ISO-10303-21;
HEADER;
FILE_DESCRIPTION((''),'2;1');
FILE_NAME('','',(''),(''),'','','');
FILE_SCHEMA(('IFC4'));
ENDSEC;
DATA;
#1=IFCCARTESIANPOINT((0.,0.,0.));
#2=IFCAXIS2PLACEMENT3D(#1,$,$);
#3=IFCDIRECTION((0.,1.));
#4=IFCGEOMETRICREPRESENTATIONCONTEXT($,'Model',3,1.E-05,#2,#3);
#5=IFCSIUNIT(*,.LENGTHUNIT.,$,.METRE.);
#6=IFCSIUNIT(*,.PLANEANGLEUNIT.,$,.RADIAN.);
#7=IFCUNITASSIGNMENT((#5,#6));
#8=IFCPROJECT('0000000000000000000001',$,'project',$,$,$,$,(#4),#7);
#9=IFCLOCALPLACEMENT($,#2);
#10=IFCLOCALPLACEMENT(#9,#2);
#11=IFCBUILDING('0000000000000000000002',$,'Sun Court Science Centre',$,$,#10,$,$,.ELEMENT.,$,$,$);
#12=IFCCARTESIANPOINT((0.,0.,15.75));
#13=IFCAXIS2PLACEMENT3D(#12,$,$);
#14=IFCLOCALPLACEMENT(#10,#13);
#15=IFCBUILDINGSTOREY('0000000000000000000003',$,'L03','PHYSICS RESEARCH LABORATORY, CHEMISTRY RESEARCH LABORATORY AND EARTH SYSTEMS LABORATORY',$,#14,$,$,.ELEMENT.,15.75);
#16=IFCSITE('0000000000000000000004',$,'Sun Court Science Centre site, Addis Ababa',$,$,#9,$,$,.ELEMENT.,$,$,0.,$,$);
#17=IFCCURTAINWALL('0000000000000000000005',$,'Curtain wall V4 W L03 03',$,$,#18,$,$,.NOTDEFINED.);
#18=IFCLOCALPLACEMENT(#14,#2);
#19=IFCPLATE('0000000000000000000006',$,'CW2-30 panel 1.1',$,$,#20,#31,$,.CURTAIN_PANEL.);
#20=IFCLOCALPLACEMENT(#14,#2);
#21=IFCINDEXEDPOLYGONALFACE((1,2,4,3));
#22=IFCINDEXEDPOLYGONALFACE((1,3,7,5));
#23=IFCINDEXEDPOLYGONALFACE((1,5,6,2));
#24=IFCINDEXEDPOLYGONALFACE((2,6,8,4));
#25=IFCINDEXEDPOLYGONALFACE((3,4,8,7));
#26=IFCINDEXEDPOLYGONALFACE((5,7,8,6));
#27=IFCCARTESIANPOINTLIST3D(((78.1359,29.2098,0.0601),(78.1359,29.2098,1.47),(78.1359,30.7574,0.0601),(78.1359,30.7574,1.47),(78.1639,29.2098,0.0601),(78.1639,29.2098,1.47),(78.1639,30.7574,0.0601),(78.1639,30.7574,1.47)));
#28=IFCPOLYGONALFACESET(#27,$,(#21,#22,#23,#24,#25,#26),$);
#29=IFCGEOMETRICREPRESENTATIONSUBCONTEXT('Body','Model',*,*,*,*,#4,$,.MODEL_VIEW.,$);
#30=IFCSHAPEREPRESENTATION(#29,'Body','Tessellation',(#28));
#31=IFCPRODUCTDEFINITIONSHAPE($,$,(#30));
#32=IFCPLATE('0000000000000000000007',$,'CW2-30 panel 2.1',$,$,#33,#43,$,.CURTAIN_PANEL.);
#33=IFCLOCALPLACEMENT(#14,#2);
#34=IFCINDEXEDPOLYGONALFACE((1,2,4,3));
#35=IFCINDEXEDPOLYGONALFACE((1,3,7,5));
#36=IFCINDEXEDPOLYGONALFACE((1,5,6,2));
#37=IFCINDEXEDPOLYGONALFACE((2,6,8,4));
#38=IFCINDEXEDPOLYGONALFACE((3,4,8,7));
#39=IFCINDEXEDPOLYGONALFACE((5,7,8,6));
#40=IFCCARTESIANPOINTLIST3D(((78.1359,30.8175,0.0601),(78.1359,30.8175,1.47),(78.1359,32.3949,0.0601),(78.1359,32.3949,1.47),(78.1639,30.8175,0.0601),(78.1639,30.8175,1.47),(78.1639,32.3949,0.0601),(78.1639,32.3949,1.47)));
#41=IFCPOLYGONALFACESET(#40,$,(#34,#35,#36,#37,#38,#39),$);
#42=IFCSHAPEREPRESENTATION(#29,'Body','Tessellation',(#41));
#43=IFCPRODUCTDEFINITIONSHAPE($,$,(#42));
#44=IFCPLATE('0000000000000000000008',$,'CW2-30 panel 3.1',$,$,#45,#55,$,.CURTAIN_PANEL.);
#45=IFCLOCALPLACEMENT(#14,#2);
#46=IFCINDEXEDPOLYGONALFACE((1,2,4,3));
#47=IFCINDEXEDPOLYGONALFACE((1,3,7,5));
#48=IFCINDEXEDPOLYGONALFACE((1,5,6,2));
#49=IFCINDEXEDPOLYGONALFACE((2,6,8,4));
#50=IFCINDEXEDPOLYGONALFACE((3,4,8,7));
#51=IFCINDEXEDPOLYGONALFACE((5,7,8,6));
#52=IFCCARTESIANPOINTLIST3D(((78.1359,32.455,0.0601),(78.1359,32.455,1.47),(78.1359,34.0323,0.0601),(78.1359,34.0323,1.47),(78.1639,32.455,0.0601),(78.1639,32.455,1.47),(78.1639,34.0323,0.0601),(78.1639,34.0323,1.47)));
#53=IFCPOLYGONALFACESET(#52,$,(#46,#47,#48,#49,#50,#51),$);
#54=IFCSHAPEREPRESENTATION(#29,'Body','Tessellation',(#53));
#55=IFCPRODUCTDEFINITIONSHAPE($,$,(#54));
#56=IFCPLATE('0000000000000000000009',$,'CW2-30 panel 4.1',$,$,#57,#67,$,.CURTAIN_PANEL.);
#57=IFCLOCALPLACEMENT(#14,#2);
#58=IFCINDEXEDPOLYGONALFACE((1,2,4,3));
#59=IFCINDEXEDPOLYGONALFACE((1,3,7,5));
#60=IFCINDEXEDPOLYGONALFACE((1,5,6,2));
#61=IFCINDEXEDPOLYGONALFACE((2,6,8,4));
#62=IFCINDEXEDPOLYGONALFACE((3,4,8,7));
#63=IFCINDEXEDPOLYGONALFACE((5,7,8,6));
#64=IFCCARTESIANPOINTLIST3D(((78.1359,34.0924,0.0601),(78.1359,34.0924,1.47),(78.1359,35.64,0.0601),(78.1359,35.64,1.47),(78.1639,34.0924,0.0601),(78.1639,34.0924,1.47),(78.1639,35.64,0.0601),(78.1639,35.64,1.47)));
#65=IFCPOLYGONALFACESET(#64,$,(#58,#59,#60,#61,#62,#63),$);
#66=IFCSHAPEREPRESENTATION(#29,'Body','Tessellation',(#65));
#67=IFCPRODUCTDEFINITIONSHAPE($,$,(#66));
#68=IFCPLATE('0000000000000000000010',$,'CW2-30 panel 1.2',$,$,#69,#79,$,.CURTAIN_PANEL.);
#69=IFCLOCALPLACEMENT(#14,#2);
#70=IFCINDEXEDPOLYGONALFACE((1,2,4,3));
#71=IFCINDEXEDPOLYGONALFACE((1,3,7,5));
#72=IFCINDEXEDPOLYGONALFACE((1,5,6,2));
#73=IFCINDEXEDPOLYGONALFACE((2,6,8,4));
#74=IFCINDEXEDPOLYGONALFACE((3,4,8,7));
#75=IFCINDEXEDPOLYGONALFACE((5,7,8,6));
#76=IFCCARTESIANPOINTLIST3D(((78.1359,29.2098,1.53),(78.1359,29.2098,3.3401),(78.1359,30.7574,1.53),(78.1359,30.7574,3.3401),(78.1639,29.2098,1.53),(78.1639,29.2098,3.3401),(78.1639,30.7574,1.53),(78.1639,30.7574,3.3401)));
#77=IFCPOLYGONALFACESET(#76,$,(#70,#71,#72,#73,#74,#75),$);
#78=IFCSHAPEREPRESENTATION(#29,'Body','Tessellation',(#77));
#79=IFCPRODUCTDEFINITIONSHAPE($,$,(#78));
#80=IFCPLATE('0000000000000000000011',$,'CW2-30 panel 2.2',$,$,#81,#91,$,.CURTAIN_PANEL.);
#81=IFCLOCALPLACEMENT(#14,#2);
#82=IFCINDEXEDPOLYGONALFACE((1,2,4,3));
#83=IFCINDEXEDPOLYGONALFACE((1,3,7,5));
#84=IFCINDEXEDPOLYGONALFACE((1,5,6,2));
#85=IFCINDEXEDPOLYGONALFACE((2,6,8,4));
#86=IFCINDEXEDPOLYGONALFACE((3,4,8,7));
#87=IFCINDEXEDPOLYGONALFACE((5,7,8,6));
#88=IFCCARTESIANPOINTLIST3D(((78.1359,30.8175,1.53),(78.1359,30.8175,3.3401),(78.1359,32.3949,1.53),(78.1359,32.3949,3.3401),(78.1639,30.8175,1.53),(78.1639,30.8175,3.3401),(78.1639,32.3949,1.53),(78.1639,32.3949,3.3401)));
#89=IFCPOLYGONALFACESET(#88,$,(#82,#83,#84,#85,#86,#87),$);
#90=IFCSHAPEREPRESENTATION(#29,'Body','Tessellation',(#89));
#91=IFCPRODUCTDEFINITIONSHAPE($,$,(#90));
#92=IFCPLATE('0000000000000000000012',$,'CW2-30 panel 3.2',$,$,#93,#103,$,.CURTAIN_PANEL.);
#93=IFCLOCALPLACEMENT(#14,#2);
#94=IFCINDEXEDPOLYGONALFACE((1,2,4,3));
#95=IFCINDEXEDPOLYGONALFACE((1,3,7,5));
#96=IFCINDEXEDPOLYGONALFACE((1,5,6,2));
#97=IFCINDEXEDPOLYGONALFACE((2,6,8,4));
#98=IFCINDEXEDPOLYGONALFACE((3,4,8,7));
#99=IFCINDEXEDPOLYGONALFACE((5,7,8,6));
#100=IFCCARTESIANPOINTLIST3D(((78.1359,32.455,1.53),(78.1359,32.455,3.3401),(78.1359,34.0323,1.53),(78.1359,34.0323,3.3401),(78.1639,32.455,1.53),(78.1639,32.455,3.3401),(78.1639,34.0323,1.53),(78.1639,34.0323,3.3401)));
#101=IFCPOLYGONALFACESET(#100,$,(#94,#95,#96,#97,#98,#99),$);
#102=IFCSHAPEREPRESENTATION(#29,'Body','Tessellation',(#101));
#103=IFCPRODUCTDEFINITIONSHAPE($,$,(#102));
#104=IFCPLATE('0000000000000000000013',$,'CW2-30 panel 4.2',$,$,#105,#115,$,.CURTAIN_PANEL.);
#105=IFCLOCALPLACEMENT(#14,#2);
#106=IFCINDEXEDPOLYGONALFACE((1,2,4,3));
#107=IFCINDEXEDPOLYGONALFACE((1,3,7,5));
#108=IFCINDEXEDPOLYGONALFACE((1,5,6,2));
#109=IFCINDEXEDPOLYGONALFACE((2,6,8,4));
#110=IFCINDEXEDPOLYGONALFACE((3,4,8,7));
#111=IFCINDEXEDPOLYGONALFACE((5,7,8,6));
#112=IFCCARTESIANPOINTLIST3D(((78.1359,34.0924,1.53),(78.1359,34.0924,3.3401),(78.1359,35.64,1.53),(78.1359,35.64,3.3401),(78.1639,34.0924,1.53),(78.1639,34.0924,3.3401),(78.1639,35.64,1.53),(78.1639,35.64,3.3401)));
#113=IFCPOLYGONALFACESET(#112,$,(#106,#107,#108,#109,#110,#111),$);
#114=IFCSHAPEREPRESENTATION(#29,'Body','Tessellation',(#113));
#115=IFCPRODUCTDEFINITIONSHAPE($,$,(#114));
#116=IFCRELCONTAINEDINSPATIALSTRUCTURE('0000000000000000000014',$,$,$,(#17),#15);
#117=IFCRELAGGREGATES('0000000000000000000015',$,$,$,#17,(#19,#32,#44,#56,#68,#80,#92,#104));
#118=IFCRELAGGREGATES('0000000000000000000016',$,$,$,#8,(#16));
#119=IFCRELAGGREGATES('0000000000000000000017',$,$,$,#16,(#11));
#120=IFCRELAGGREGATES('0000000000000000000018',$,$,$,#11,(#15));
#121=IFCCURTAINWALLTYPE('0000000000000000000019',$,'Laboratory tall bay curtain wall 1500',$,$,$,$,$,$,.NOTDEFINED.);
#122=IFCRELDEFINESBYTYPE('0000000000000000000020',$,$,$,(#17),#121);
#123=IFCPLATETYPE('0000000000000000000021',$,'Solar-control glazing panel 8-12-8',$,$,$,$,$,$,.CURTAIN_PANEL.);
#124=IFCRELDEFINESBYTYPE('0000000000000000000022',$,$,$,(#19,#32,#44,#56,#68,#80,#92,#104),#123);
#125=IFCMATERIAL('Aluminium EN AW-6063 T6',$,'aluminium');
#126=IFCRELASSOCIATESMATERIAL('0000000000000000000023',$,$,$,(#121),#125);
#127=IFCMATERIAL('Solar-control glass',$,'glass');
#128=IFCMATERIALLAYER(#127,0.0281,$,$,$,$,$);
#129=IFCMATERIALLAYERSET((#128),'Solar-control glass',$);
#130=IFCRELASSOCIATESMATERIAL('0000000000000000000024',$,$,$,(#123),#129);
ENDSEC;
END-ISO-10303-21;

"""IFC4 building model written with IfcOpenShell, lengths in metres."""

from ifc_helpers import new_model, si_unit, direction, frame, origin, origin_2d, place, context, subcontext, project, spatial, rectangle, extrude, material, layer, layer_set, type_object, element, aggregate, save


model = new_model("IFC4")

# Units and contexts
model_context = context("Model", 3, precision=1e-05, world=origin(), true_north=direction((0.0, 1.0)))
body_context = subcontext(model_context, "Body", "Model", "MODEL_VIEW")
ifc_project = project(units=[si_unit("LENGTHUNIT", "METRE"), si_unit("PLANEANGLEUNIT", "RADIAN")], contexts=[model_context])

# Site, building, storey
site_placement = place(None, origin())
site = spatial("IfcSite", under=ifc_project, at=site_placement, Name="Sun Court Science Centre site, Addis Ababa", CompositionType="ELEMENT", RefElevation=0.0)
building_placement = place(site_placement, origin())
building = spatial("IfcBuilding", under=site, at=building_placement, Name="Sun Court Science Centre", CompositionType="ELEMENT")
storey_placement = place(building_placement, frame((0.0, 0.0, 15.75)))
storey = spatial("IfcBuildingStorey", under=building, at=storey_placement, Name="L03", Description="PHYSICS RESEARCH LABORATORY, CHEMISTRY RESEARCH LABORATORY AND EARTH SYSTEMS LABORATORY", CompositionType="ELEMENT", Elevation=15.75)

# Curtain wall
ifc_material_1 = material(Name="Aluminium EN AW-6063 T6", Category="aluminium")
curtain_wall_type = type_object("IfcCurtainWallType", Name="Laboratory tall bay curtain wall 1500", PredefinedType="NOTDEFINED", material=ifc_material_1)
curtain_wall_1_placement = place(storey_placement, origin())
curtain_wall_1 = element("IfcCurtainWall", 1, at=curtain_wall_1_placement, inside=storey, type_object=curtain_wall_type, Name="Curtain wall V4 W L03 03", PredefinedType="NOTDEFINED")

# Plates
ifc_material_2 = material(Name="Solar-control glass", Category="glass")
ifc_layer = layer(ifc_material_2, 0.0281)
ifc_layer_set = layer_set([ifc_layer], Name="Solar-control glass")
plate_type = type_object("IfcPlateType", Name="Solar-control glazing panel 8-12-8", PredefinedType="CURTAIN_PANEL", material=ifc_layer_set)
plate_1_placement = place(storey_placement, frame((78.1499, 29.9836, 0.0601), z_axis=(0.0, 0.0, 1.0), x_axis=(0.0, 1.0, 0.0)))
plate_1 = element("IfcPlate", 2, at=plate_1_placement, type_object=plate_type, Name="CW2-30 panel 1.1", PredefinedType="CURTAIN_PANEL", context=body_context, shape_type="SweptSolid", body=[
    extrude(rectangle(XDim=1.5476, YDim=0.0281, at=origin_2d()), origin(), (0.0, 0.0, 1.0), 1.4099),
])
plate_2_placement = place(storey_placement, frame((78.1499, 31.6062, 0.0601), z_axis=(0.0, 0.0, 1.0), x_axis=(0.0, 1.0, 0.0)))
plate_2 = element("IfcPlate", 3, at=plate_2_placement, type_object=plate_type, Name="CW2-30 panel 2.1", PredefinedType="CURTAIN_PANEL", context=body_context, shape_type="SweptSolid", body=[
    extrude(rectangle(XDim=1.5774, YDim=0.0281, at=origin_2d()), origin(), (0.0, 0.0, 1.0), 1.4099),
])
plate_3_placement = place(storey_placement, frame((78.1499, 33.2437, 0.0601), z_axis=(0.0, 0.0, 1.0), x_axis=(0.0, 1.0, 0.0)))
plate_3 = element("IfcPlate", 4, at=plate_3_placement, type_object=plate_type, Name="CW2-30 panel 3.1", PredefinedType="CURTAIN_PANEL", context=body_context, shape_type="SweptSolid", body=[
    extrude(rectangle(XDim=1.5774, YDim=0.0281, at=origin_2d()), origin(), (0.0, 0.0, 1.0), 1.4099),
])
plate_4_placement = place(storey_placement, frame((78.1499, 34.8662, 0.0601), z_axis=(0.0, 0.0, 1.0), x_axis=(0.0, 1.0, 0.0)))
plate_4 = element("IfcPlate", 5, at=plate_4_placement, type_object=plate_type, Name="CW2-30 panel 4.1", PredefinedType="CURTAIN_PANEL", context=body_context, shape_type="SweptSolid", body=[
    extrude(rectangle(XDim=1.5476, YDim=0.0281, at=origin_2d()), origin(), (0.0, 0.0, 1.0), 1.4099),
])
plate_5_placement = place(storey_placement, frame((78.1499, 29.9836, 1.53), z_axis=(0.0, 0.0, 1.0), x_axis=(0.0, 1.0, 0.0)))
plate_5 = element("IfcPlate", 6, at=plate_5_placement, type_object=plate_type, Name="CW2-30 panel 1.2", PredefinedType="CURTAIN_PANEL", context=body_context, shape_type="SweptSolid", body=[
    extrude(rectangle(XDim=1.5476, YDim=0.0281, at=origin_2d()), origin(), (0.0, 0.0, 1.0), 1.8101),
])
plate_6_placement = place(storey_placement, frame((78.1499, 31.6062, 1.53), z_axis=(0.0, 0.0, 1.0), x_axis=(0.0, 1.0, 0.0)))
plate_6 = element("IfcPlate", 7, at=plate_6_placement, type_object=plate_type, Name="CW2-30 panel 2.2", PredefinedType="CURTAIN_PANEL", context=body_context, shape_type="SweptSolid", body=[
    extrude(rectangle(XDim=1.5774, YDim=0.0281, at=origin_2d()), origin(), (0.0, 0.0, 1.0), 1.8101),
])
plate_7_placement = place(storey_placement, frame((78.1499, 33.2437, 1.53), z_axis=(0.0, 0.0, 1.0), x_axis=(0.0, 1.0, 0.0)))
plate_7 = element("IfcPlate", 8, at=plate_7_placement, type_object=plate_type, Name="CW2-30 panel 3.2", PredefinedType="CURTAIN_PANEL", context=body_context, shape_type="SweptSolid", body=[
    extrude(rectangle(XDim=1.5774, YDim=0.0281, at=origin_2d()), origin(), (0.0, 0.0, 1.0), 1.8101),
])
plate_8_placement = place(storey_placement, frame((78.1499, 34.8662, 1.53), z_axis=(0.0, 0.0, 1.0), x_axis=(0.0, 1.0, 0.0)))
plate_8 = element("IfcPlate", 9, at=plate_8_placement, type_object=plate_type, Name="CW2-30 panel 4.2", PredefinedType="CURTAIN_PANEL", context=body_context, shape_type="SweptSolid", body=[
    extrude(rectangle(XDim=1.5476, YDim=0.0281, at=origin_2d()), origin(), (0.0, 0.0, 1.0), 1.8101),
])
aggregate(curtain_wall_1, [plate_1, plate_2, plate_3, plate_4, plate_5, plate_6, plate_7, plate_8])

save(model, "model.ifc")
